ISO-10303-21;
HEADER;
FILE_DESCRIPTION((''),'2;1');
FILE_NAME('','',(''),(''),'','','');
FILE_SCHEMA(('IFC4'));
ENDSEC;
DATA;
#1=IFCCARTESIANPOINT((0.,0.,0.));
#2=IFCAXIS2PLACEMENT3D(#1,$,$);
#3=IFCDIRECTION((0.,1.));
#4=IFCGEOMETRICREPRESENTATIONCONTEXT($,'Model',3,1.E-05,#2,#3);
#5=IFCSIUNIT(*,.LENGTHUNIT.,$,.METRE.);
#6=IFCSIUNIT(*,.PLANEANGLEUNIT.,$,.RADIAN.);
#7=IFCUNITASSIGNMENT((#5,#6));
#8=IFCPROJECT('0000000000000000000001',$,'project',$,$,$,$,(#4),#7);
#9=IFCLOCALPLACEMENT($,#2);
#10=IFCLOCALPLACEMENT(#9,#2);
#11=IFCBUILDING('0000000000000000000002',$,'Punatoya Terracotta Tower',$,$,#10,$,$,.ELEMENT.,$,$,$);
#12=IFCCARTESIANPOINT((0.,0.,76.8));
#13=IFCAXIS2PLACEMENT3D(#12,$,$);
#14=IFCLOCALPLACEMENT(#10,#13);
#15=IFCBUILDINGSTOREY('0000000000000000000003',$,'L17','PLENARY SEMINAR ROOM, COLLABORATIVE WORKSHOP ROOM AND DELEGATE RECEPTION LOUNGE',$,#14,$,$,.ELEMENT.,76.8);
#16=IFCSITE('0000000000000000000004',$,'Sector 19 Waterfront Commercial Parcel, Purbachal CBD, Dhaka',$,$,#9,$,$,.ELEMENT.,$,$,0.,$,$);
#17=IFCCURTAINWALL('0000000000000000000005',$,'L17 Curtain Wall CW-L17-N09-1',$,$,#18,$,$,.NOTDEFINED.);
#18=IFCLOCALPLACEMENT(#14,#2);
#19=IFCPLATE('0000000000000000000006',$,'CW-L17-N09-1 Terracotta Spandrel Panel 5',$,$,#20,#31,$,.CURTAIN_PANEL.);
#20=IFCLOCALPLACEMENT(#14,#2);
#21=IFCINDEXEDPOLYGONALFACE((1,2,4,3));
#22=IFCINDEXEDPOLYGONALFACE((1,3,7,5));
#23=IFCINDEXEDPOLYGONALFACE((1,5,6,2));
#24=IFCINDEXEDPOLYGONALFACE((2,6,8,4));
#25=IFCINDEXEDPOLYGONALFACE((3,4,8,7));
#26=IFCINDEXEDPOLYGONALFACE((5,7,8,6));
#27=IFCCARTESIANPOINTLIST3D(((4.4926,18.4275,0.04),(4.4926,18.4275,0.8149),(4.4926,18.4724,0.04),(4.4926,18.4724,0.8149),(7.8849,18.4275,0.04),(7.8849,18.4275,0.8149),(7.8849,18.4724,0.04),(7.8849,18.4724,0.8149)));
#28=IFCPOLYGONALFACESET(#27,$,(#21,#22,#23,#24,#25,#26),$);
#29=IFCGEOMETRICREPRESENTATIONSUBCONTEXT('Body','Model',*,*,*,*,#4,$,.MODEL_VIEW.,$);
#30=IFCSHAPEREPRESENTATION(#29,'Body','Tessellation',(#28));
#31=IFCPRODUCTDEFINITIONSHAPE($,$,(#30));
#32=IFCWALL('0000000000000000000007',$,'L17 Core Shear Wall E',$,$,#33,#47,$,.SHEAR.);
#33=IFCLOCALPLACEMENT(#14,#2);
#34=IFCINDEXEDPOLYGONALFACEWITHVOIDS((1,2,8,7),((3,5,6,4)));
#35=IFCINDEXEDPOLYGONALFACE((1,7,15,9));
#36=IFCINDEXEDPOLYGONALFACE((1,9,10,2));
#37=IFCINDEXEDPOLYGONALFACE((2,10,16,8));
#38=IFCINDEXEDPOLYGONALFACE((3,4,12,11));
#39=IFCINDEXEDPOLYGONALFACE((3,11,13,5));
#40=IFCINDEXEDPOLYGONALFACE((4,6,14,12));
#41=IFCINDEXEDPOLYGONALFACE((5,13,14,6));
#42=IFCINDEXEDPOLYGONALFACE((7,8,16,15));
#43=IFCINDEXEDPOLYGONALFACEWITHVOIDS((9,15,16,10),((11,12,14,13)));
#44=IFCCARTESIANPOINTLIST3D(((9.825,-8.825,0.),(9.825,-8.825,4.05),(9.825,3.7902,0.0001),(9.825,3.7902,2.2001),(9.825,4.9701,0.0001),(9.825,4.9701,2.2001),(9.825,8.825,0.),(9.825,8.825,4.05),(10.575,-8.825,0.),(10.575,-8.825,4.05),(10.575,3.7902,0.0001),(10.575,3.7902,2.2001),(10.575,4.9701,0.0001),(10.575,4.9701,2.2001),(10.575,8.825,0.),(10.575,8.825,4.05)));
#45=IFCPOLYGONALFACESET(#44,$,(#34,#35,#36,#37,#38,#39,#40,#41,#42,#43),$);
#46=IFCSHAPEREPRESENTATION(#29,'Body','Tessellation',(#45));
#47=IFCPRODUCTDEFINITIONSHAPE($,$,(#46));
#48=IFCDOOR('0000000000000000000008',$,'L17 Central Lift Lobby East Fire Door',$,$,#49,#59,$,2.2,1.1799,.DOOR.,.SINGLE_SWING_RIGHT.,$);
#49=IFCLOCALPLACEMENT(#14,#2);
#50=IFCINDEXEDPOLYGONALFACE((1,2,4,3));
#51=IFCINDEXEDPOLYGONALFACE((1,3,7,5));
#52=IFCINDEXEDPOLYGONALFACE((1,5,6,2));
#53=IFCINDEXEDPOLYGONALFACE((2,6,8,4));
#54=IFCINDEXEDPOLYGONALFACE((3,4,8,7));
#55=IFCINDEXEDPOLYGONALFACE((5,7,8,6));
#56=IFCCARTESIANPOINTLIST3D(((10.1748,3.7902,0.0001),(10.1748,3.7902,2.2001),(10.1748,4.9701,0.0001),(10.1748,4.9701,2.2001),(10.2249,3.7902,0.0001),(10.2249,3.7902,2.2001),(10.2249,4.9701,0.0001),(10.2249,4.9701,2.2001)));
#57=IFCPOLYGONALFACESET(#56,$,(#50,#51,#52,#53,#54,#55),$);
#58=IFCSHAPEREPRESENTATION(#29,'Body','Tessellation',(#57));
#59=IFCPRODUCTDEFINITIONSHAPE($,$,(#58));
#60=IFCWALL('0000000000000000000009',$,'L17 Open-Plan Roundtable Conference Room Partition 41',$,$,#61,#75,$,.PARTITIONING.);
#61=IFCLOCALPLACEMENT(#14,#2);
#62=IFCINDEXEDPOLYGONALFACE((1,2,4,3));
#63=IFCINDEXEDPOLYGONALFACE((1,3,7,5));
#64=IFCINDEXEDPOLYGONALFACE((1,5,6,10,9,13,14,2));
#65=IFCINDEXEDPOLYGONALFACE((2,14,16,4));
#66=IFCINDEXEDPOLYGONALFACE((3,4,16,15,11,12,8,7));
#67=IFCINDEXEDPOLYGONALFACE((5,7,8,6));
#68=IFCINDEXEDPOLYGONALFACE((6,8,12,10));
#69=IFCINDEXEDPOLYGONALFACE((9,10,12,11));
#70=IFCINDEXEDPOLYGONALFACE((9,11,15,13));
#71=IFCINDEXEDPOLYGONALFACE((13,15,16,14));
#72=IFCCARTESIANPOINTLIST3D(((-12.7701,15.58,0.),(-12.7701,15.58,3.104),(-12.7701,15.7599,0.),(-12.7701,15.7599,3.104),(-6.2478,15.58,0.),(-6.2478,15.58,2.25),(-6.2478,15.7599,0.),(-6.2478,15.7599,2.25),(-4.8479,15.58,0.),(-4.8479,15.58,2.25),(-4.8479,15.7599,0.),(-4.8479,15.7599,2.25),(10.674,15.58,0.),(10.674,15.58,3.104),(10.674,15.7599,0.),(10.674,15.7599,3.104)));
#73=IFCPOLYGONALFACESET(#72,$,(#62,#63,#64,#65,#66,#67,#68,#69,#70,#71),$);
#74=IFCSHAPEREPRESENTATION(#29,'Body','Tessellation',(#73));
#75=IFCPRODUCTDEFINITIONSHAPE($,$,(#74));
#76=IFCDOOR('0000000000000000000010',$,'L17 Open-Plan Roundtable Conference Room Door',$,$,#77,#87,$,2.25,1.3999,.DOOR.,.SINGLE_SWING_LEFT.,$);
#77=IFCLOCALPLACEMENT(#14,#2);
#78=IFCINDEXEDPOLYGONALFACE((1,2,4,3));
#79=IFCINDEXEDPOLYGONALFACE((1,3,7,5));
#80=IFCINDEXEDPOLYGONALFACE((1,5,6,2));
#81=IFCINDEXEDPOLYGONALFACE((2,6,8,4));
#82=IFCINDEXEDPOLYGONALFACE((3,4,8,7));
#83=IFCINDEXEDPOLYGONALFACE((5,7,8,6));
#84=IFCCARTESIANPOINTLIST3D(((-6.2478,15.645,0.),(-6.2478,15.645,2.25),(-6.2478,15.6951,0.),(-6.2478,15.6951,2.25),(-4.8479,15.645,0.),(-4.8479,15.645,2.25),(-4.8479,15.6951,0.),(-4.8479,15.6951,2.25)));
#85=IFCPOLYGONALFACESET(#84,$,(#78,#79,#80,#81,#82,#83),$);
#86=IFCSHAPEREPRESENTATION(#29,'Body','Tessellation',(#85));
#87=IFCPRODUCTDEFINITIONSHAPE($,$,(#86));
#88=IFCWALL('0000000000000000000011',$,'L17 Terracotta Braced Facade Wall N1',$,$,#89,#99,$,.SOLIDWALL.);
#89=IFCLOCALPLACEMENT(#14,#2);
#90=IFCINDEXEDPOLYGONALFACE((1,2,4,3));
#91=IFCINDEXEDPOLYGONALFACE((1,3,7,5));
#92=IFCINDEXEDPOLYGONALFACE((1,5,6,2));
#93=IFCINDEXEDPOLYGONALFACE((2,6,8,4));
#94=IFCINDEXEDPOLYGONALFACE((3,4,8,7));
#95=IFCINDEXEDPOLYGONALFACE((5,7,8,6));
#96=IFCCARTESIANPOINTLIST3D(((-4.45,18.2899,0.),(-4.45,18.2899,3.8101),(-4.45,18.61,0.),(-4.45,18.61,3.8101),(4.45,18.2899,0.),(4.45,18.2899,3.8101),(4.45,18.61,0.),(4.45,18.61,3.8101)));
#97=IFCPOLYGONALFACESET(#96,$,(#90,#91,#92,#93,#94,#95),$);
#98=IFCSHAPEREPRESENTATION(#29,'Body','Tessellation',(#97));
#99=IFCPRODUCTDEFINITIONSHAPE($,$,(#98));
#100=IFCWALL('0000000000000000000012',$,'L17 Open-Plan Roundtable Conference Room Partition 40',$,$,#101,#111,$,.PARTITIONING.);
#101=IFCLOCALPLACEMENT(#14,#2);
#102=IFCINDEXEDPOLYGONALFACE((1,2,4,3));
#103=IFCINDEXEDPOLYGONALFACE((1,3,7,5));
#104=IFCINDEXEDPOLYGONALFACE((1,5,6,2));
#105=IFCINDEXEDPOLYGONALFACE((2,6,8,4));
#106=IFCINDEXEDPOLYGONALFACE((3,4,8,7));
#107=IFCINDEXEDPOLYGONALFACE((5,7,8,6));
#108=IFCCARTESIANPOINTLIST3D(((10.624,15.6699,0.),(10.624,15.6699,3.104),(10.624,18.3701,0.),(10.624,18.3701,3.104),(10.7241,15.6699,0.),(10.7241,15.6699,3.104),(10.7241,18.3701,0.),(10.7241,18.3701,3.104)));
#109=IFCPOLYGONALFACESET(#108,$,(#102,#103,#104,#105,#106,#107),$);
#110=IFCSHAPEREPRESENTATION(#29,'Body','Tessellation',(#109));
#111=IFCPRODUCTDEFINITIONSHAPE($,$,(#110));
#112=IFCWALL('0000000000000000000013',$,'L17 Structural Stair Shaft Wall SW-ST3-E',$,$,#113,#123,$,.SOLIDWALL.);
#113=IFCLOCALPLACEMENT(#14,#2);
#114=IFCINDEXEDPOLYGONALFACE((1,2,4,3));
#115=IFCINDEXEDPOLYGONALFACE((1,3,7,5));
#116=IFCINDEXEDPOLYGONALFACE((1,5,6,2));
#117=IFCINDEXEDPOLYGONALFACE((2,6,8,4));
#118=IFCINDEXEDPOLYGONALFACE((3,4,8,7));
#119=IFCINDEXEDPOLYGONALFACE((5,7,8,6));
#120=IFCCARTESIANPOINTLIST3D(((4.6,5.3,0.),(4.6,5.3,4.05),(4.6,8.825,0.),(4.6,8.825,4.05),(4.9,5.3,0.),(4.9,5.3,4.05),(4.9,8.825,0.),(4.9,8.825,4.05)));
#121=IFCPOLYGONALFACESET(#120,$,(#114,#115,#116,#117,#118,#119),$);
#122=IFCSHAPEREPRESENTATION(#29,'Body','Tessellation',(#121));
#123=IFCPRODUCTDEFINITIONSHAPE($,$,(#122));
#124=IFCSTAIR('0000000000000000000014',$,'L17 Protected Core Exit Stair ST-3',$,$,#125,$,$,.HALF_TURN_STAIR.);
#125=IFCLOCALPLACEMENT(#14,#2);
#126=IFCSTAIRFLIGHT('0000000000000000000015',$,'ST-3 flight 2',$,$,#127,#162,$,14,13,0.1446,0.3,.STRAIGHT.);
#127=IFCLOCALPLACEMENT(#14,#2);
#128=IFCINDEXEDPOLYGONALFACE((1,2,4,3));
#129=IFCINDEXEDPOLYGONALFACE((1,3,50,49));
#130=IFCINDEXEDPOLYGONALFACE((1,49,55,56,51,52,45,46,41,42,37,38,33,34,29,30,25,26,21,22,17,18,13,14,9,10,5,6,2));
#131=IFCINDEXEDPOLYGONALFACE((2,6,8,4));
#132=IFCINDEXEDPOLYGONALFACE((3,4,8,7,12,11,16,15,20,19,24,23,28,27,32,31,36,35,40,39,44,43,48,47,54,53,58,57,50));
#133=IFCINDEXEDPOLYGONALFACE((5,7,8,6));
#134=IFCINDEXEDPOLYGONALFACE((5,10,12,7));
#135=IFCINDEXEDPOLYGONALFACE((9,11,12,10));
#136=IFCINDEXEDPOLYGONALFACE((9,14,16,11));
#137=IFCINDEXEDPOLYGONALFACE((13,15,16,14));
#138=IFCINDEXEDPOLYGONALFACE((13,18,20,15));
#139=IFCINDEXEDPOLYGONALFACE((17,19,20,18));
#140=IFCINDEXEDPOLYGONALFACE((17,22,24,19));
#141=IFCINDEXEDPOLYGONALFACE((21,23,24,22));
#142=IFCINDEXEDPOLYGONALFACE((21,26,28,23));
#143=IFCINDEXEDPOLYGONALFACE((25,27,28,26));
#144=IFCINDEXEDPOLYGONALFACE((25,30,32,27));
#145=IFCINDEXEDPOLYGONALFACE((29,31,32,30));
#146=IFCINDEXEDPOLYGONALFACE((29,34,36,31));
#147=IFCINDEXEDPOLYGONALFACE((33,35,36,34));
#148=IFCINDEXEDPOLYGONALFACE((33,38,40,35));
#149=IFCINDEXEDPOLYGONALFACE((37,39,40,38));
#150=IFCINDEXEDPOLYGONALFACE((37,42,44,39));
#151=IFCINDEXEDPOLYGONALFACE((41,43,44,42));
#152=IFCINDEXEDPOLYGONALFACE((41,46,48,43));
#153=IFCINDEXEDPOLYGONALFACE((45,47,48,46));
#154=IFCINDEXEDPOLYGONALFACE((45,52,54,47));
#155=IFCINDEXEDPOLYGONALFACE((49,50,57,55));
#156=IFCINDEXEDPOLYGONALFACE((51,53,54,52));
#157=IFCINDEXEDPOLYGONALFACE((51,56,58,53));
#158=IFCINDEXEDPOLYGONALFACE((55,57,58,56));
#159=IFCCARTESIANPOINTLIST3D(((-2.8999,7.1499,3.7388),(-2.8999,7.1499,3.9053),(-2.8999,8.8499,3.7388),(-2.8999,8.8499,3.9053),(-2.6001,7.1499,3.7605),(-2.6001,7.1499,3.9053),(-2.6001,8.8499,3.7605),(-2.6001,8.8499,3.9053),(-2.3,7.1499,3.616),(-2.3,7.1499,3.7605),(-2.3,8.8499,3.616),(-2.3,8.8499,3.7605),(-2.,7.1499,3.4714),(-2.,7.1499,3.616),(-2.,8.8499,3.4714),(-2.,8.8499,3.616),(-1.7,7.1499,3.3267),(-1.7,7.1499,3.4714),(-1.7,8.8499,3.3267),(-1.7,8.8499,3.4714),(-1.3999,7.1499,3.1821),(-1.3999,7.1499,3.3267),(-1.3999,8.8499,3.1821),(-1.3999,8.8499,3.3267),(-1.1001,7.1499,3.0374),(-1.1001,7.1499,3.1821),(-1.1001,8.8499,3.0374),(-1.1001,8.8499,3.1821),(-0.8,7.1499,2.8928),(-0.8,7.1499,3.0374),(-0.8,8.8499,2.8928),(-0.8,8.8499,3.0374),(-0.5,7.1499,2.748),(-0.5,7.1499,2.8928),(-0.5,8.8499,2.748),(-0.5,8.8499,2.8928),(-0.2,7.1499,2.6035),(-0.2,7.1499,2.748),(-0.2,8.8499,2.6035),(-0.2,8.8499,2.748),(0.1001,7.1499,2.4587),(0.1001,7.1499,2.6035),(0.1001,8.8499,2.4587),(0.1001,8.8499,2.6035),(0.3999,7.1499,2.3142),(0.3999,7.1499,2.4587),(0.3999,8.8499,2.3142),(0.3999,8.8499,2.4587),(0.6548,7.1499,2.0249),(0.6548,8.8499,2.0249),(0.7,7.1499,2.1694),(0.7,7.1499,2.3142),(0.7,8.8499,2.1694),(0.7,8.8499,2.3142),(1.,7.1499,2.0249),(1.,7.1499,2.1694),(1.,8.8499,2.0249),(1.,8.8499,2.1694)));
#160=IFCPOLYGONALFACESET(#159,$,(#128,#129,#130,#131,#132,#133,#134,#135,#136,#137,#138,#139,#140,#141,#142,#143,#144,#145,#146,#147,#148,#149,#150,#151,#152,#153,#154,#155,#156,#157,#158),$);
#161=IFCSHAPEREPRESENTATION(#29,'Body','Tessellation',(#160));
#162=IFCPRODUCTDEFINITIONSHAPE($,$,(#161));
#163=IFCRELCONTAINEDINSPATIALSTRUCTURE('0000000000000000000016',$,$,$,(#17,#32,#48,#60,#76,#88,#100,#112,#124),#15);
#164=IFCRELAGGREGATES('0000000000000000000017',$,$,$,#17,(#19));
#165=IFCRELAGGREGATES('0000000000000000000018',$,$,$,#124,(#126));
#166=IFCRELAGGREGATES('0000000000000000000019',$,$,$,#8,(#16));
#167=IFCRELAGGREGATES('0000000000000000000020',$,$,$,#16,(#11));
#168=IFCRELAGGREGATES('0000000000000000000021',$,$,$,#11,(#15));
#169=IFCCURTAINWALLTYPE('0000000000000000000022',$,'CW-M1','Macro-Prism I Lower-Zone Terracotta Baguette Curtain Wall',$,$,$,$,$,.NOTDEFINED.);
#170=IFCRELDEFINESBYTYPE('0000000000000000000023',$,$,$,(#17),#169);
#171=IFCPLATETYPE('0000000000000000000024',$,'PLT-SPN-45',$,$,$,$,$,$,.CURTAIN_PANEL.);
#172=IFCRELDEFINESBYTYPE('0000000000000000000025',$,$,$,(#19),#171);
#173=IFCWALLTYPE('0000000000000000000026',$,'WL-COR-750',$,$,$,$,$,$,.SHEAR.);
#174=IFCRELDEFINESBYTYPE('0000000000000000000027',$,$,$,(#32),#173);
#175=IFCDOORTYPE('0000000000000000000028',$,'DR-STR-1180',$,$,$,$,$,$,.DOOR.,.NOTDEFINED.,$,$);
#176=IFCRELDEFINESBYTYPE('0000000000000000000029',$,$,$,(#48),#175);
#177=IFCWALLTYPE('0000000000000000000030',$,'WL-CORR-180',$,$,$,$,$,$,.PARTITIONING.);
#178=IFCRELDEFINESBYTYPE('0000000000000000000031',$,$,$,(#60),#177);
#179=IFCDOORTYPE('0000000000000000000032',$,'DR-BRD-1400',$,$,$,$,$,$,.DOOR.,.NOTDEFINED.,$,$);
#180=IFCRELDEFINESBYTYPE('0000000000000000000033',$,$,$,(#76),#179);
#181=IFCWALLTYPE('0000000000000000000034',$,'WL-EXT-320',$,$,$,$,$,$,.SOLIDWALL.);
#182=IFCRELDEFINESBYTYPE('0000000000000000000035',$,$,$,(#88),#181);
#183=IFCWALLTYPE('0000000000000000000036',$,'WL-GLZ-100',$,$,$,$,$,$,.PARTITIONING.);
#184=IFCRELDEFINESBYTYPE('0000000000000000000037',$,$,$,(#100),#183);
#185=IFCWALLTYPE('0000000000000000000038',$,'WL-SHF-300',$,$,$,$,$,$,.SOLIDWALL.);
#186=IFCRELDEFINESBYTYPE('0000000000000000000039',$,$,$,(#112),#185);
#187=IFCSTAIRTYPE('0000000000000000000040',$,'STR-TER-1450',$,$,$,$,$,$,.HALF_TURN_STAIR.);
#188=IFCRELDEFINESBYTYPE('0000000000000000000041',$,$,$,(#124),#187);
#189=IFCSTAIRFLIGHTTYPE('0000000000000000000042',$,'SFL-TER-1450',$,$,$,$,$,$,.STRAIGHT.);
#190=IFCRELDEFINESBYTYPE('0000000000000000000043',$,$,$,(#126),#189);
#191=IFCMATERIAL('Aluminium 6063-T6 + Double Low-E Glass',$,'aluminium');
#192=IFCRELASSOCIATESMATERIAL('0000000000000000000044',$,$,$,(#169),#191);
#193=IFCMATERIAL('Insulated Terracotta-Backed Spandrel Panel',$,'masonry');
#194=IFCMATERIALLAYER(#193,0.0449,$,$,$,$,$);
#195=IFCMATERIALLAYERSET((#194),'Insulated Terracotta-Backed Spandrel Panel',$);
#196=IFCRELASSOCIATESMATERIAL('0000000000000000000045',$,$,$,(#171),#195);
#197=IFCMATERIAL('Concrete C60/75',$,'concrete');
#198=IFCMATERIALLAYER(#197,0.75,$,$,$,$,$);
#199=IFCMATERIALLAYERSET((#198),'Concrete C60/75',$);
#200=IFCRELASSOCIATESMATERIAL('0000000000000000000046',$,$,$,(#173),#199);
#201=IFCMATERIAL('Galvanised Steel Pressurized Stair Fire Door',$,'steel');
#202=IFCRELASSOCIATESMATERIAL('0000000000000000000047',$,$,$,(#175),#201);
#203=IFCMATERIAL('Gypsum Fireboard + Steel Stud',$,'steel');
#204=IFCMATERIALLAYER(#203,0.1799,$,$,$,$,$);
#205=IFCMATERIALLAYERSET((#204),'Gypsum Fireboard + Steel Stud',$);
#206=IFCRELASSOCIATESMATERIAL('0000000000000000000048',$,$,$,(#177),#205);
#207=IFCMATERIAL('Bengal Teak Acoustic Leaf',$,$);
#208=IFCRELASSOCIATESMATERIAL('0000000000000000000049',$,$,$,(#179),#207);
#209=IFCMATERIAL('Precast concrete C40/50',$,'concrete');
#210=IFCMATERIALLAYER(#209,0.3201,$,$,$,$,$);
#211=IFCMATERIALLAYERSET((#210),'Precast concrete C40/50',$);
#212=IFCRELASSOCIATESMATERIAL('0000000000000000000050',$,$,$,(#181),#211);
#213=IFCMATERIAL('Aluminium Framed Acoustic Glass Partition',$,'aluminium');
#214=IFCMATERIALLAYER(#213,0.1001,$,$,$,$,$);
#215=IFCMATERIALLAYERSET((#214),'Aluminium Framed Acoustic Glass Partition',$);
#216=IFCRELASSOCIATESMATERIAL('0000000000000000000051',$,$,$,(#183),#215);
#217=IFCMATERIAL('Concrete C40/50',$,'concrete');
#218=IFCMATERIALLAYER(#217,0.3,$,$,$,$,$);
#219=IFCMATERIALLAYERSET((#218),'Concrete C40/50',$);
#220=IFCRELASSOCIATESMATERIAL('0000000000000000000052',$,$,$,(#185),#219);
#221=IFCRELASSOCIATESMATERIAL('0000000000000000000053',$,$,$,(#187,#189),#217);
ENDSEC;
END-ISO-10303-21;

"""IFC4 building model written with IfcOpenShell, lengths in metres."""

from ifc_helpers import new_model, si_unit, direction, frame, frame_2d, origin, origin_2d, place, context, subcontext, project, spatial, polyline, rectangle, outline, extrude, material, layer, layer_set, type_object, element, fill, aggregate, save


model = new_model("IFC4")

# Units and contexts
model_context = context("Model", 3, precision=1e-05, world=origin(), true_north=direction((0.0, 1.0)))
body_context = subcontext(model_context, "Body", "Model", "MODEL_VIEW")
ifc_project = project(units=[si_unit("LENGTHUNIT", "METRE"), si_unit("PLANEANGLEUNIT", "RADIAN")], contexts=[model_context])

# Site, building, storey
site_placement = place(None, origin())
site = spatial("IfcSite", under=ifc_project, at=site_placement, Name="Sector 19 Waterfront Commercial Parcel, Purbachal CBD, Dhaka", CompositionType="ELEMENT", RefElevation=0.0)
building_placement = place(site_placement, origin())
building = spatial("IfcBuilding", under=site, at=building_placement, Name="Punatoya Terracotta Tower", CompositionType="ELEMENT")
storey_placement = place(building_placement, frame((0.0, 0.0, 76.8)))
storey = spatial("IfcBuildingStorey", under=building, at=storey_placement, Name="L17", Description="PLENARY SEMINAR ROOM, COLLABORATIVE WORKSHOP ROOM AND DELEGATE RECEPTION LOUNGE", CompositionType="ELEMENT", Elevation=76.8)

# Curtain wall
ifc_material_1 = material(Name="Aluminium 6063-T6 + Double Low-E Glass", Category="aluminium")
curtain_wall_type = type_object("IfcCurtainWallType", Name="CW-M1", Description="Macro-Prism I Lower-Zone Terracotta Baguette Curtain Wall", PredefinedType="NOTDEFINED", material=ifc_material_1)
curtain_wall_placement = place(storey_placement, origin())
curtain_wall = element("IfcCurtainWall", 1, at=curtain_wall_placement, inside=storey, type_object=curtain_wall_type, Name="L17 Curtain Wall CW-L17-N09-1", PredefinedType="NOTDEFINED")

# Plate
ifc_material_2 = material(Name="Insulated Terracotta-Backed Spandrel Panel", Category="masonry")
ifc_layer_1 = layer(ifc_material_2, 0.0449)
ifc_layer_set_1 = layer_set([ifc_layer_1], Name="Insulated Terracotta-Backed Spandrel Panel")
plate_type_1 = type_object("IfcPlateType", Name="PLT-SPN-45", PredefinedType="CURTAIN_PANEL", material=ifc_layer_set_1)
plate_1_placement = place(storey_placement, frame((6.1887, 18.45, 0.04), z_axis=(0.0, 0.0, 1.0), x_axis=(-1.0, 0.0, 0.0)))
plate_1 = element("IfcPlate", 2, at=plate_1_placement, type_object=plate_type_1, Name="CW-L17-N09-1 Terracotta Spandrel Panel 5", PredefinedType="CURTAIN_PANEL", context=body_context, shape_type="SweptSolid", body=[
    extrude(rectangle(XDim=3.3923, YDim=0.0449, at=origin_2d()), origin(), (0.0, 0.0, 1.0), 0.7749),
])
aggregate(curtain_wall, [plate_1])

# Walls, openings, doors
ifc_material_3 = material(Name="Concrete C60/75", Category="concrete")
ifc_layer_2 = layer(ifc_material_3, 0.75)
ifc_layer_set_2 = layer_set([ifc_layer_2], Name="Concrete C60/75")
wall_type_1 = type_object("IfcWallType", Name="WL-COR-750", PredefinedType="SHEAR", material=ifc_layer_set_2)
wall_1_placement = place(storey_placement, frame((10.2, 8.825, 0.0), z_axis=(0.0, 0.0, 1.0), x_axis=(0.0, -1.0, 0.0)))
wall_1 = element("IfcWall", 3, at=wall_1_placement, inside=storey, type_object=wall_type_1, Name="L17 Core Shear Wall E", PredefinedType="SHEAR", context=body_context, shape_type="SweptSolid", body=[
    extrude(rectangle(XDim=17.6499, YDim=0.75, at=frame_2d((8.825, 0.0))), origin(), (0.0, 0.0, 1.0), 4.05),
])
opening_1_placement = place(wall_1_placement, frame((3.855, 0.0, 0.0)))
opening_1 = element("IfcOpeningElement", 4, at=opening_1_placement, cuts=wall_1, PredefinedType="OPENING", context=body_context, shape_type="SweptSolid", body=[
    extrude(rectangle(XDim=1.1799, YDim=2.2, at=frame_2d((0.5898, 1.1001))), frame((0.0, 0.385, 0.0), z_axis=(0.0, -1.0, 0.0), x_axis=(1.0, 0.0, 0.0)), (0.0, 0.0, 1.0), 0.77),
])
ifc_material_4 = material(Name="Galvanised Steel Pressurized Stair Fire Door", Category="steel")
door_type_1 = type_object("IfcDoorType", Name="DR-STR-1180", OperationType="NOTDEFINED", PredefinedType="DOOR", material=ifc_material_4)
door_1_placement = place(opening_1_placement, origin())
door_1 = element("IfcDoor", 5, at=door_1_placement, inside=storey, type_object=door_type_1, Name="L17 Central Lift Lobby East Fire Door", OperationType="SINGLE_SWING_RIGHT", OverallHeight=2.2, OverallWidth=1.1799, PredefinedType="DOOR", context=body_context, shape_type="SweptSolid", body=[
    extrude(rectangle(XDim=1.1799, YDim=2.2, at=frame_2d((0.5898, 1.1001))), frame((0.0, 0.0249, 0.0), z_axis=(0.0, -1.0, 0.0), x_axis=(1.0, 0.0, 0.0)), (0.0, 0.0, 1.0), 0.05),
])
fill(opening_1, door_1)
ifc_material_5 = material(Name="Gypsum Fireboard + Steel Stud", Category="steel")
ifc_layer_3 = layer(ifc_material_5, 0.1799)
ifc_layer_set_3 = layer_set([ifc_layer_3], Name="Gypsum Fireboard + Steel Stud")
wall_type_2 = type_object("IfcWallType", Name="WL-CORR-180", PredefinedType="PARTITIONING", material=ifc_layer_set_3)
wall_2_placement = place(storey_placement, frame((10.6741, 15.6699, 0.0), z_axis=(0.0, 0.0, 1.0), x_axis=(-1.0, 0.0, 0.0)))
wall_2 = element("IfcWall", 6, at=wall_2_placement, inside=storey, type_object=wall_type_2, Name="L17 Open-Plan Roundtable Conference Room Partition 41", PredefinedType="PARTITIONING", context=body_context, shape_type="SweptSolid", body=[
    extrude(rectangle(XDim=23.4441, YDim=0.1799, at=frame_2d((11.7222, 0.0))), origin(), (0.0, 0.0, 1.0), 3.104),
])
opening_2_placement = place(wall_2_placement, frame((15.522, 0.0, 0.0)))
opening_2 = element("IfcOpeningElement", 7, at=opening_2_placement, cuts=wall_2, PredefinedType="OPENING", context=body_context, shape_type="SweptSolid", body=[
    extrude(rectangle(XDim=1.3999, YDim=2.25, at=frame_2d((0.7, 1.125))), frame((0.0, 0.0999, 0.0), z_axis=(0.0, -1.0, 0.0), x_axis=(1.0, 0.0, 0.0)), (0.0, 0.0, 1.0), 0.2),
])
ifc_material_6 = material(Name="Bengal Teak Acoustic Leaf")
door_type_2 = type_object("IfcDoorType", Name="DR-BRD-1400", OperationType="NOTDEFINED", PredefinedType="DOOR", material=ifc_material_6)
door_2_placement = place(opening_2_placement, origin())
door_2 = element("IfcDoor", 8, at=door_2_placement, inside=storey, type_object=door_type_2, Name="L17 Open-Plan Roundtable Conference Room Door", OperationType="SINGLE_SWING_LEFT", OverallHeight=2.25, OverallWidth=1.3999, PredefinedType="DOOR", context=body_context, shape_type="SweptSolid", body=[
    extrude(rectangle(XDim=1.3999, YDim=2.25, at=frame_2d((0.7, 1.125))), frame((0.0, 0.0249, 0.0), z_axis=(0.0, -1.0, 0.0), x_axis=(1.0, 0.0, 0.0)), (0.0, 0.0, 1.0), 0.05),
])
fill(opening_2, door_2)

# Walls
ifc_material_7 = material(Name="Precast concrete C40/50", Category="concrete")
ifc_layer_4 = layer(ifc_material_7, 0.3201)
ifc_layer_set_4 = layer_set([ifc_layer_4], Name="Precast concrete C40/50")
wall_type_3 = type_object("IfcWallType", Name="WL-EXT-320", PredefinedType="SOLIDWALL", material=ifc_layer_set_4)
wall_3_placement = place(storey_placement, frame((4.45, 18.45, 0.0), z_axis=(0.0, 0.0, 1.0), x_axis=(-1.0, 0.0, 0.0)))
element("IfcWall", 9, at=wall_3_placement, inside=storey, type_object=wall_type_3, Name="L17 Terracotta Braced Facade Wall N1", PredefinedType="SOLIDWALL", context=body_context, shape_type="SweptSolid", body=[
    extrude(rectangle(XDim=8.8999, YDim=0.3201, at=frame_2d((4.45, 0.0))), origin(), (0.0, 0.0, 1.0), 3.8101),
])
ifc_material_8 = material(Name="Aluminium Framed Acoustic Glass Partition", Category="aluminium")
ifc_layer_5 = layer(ifc_material_8, 0.1001)
ifc_layer_set_5 = layer_set([ifc_layer_5], Name="Aluminium Framed Acoustic Glass Partition")
wall_type_4 = type_object("IfcWallType", Name="WL-GLZ-100", PredefinedType="PARTITIONING", material=ifc_layer_set_5)
wall_4_placement = place(storey_placement, frame((10.6741, 18.3701, 0.0), z_axis=(0.0, 0.0, 1.0), x_axis=(0.0, -1.0, 0.0)))
element("IfcWall", 10, at=wall_4_placement, inside=storey, type_object=wall_type_4, Name="L17 Open-Plan Roundtable Conference Room Partition 40", PredefinedType="PARTITIONING", context=body_context, shape_type="SweptSolid", body=[
    extrude(rectangle(XDim=2.7002, YDim=0.1001, at=frame_2d((1.3501, 0.0))), origin(), (0.0, 0.0, 1.0), 3.104),
])
ifc_material_9 = material(Name="Concrete C40/50", Category="concrete")
ifc_layer_6 = layer(ifc_material_9, 0.3)
ifc_layer_set_6 = layer_set([ifc_layer_6], Name="Concrete C40/50")
wall_type_5 = type_object("IfcWallType", Name="WL-SHF-300", PredefinedType="SOLIDWALL", material=ifc_layer_set_6)
wall_5_placement = place(storey_placement, frame((4.75, 8.825, 0.0), z_axis=(0.0, 0.0, 1.0), x_axis=(0.0, -1.0, 0.0)))
element("IfcWall", 11, at=wall_5_placement, inside=storey, type_object=wall_type_5, Name="L17 Structural Stair Shaft Wall SW-ST3-E", PredefinedType="SOLIDWALL", context=body_context, shape_type="SweptSolid", body=[
    extrude(rectangle(XDim=3.5249, YDim=0.3, at=frame_2d((1.7625, 0.0))), origin(), (0.0, 0.0, 1.0), 4.05),
])

# Stair, stair flight
stair_type = type_object("IfcStairType", Name="STR-TER-1450", PredefinedType="HALF_TURN_STAIR", material=ifc_material_9)
stair_placement = place(storey_placement, origin())
stair = element("IfcStair", 12, at=stair_placement, inside=storey, type_object=stair_type, Name="L17 Protected Core Exit Stair ST-3", PredefinedType="HALF_TURN_STAIR")
stair_flight_type = type_object("IfcStairFlightType", Name="SFL-TER-1450", PredefinedType="STRAIGHT", material=ifc_material_9)
stair_flight_placement = place(storey_placement, frame((1.0, 8.0, 2.0249), z_axis=(0.0, 0.0, 1.0), x_axis=(-1.0, 0.0, 0.0)))
stair_flight = element("IfcStairFlight", 13, at=stair_flight_placement, type_object=stair_flight_type, Name="ST-3 flight 2", NumberOfRisers=14, NumberOfTreads=13, PredefinedType="STRAIGHT", RiserHeight=0.1446, TreadLength=0.3, context=body_context, shape_type="SweptSolid", body=[
    extrude(outline(polyline([(0.0, 0.0), (0.0, 0.1445), (0.3, 0.1445), (0.3, 0.2893), (0.6001, 0.2893), (0.6001, 0.4338), (0.8999, 0.4338), (0.8999, 0.5786), (1.2, 0.5786), (1.2, 0.7231), (1.5, 0.7231), (1.5, 0.8679), (1.8, 0.8679), (1.8, 1.0125), (2.1001, 1.0125), (2.1001, 1.1572), (2.3999, 1.1572), (2.3999, 1.3018), (2.7, 1.3018), (2.7, 1.4465), (3.0, 1.4465), (3.0, 1.5911), (3.3, 1.5911), (3.3, 1.7356), (3.6001, 1.7356), (3.6001, 1.8804), (3.8999, 1.8804), (3.8999, 2.0249), (3.8999, 1.7139), (0.3452, 0.0), (0.0, 0.0)])), frame((0.0, 0.8501, 0.0), z_axis=(0.0, -1.0, 0.0), x_axis=(1.0, 0.0, 0.0)), (0.0, 0.0, 1.0), 1.7),
])
aggregate(stair, [stair_flight])

save(model, "model.ifc")
